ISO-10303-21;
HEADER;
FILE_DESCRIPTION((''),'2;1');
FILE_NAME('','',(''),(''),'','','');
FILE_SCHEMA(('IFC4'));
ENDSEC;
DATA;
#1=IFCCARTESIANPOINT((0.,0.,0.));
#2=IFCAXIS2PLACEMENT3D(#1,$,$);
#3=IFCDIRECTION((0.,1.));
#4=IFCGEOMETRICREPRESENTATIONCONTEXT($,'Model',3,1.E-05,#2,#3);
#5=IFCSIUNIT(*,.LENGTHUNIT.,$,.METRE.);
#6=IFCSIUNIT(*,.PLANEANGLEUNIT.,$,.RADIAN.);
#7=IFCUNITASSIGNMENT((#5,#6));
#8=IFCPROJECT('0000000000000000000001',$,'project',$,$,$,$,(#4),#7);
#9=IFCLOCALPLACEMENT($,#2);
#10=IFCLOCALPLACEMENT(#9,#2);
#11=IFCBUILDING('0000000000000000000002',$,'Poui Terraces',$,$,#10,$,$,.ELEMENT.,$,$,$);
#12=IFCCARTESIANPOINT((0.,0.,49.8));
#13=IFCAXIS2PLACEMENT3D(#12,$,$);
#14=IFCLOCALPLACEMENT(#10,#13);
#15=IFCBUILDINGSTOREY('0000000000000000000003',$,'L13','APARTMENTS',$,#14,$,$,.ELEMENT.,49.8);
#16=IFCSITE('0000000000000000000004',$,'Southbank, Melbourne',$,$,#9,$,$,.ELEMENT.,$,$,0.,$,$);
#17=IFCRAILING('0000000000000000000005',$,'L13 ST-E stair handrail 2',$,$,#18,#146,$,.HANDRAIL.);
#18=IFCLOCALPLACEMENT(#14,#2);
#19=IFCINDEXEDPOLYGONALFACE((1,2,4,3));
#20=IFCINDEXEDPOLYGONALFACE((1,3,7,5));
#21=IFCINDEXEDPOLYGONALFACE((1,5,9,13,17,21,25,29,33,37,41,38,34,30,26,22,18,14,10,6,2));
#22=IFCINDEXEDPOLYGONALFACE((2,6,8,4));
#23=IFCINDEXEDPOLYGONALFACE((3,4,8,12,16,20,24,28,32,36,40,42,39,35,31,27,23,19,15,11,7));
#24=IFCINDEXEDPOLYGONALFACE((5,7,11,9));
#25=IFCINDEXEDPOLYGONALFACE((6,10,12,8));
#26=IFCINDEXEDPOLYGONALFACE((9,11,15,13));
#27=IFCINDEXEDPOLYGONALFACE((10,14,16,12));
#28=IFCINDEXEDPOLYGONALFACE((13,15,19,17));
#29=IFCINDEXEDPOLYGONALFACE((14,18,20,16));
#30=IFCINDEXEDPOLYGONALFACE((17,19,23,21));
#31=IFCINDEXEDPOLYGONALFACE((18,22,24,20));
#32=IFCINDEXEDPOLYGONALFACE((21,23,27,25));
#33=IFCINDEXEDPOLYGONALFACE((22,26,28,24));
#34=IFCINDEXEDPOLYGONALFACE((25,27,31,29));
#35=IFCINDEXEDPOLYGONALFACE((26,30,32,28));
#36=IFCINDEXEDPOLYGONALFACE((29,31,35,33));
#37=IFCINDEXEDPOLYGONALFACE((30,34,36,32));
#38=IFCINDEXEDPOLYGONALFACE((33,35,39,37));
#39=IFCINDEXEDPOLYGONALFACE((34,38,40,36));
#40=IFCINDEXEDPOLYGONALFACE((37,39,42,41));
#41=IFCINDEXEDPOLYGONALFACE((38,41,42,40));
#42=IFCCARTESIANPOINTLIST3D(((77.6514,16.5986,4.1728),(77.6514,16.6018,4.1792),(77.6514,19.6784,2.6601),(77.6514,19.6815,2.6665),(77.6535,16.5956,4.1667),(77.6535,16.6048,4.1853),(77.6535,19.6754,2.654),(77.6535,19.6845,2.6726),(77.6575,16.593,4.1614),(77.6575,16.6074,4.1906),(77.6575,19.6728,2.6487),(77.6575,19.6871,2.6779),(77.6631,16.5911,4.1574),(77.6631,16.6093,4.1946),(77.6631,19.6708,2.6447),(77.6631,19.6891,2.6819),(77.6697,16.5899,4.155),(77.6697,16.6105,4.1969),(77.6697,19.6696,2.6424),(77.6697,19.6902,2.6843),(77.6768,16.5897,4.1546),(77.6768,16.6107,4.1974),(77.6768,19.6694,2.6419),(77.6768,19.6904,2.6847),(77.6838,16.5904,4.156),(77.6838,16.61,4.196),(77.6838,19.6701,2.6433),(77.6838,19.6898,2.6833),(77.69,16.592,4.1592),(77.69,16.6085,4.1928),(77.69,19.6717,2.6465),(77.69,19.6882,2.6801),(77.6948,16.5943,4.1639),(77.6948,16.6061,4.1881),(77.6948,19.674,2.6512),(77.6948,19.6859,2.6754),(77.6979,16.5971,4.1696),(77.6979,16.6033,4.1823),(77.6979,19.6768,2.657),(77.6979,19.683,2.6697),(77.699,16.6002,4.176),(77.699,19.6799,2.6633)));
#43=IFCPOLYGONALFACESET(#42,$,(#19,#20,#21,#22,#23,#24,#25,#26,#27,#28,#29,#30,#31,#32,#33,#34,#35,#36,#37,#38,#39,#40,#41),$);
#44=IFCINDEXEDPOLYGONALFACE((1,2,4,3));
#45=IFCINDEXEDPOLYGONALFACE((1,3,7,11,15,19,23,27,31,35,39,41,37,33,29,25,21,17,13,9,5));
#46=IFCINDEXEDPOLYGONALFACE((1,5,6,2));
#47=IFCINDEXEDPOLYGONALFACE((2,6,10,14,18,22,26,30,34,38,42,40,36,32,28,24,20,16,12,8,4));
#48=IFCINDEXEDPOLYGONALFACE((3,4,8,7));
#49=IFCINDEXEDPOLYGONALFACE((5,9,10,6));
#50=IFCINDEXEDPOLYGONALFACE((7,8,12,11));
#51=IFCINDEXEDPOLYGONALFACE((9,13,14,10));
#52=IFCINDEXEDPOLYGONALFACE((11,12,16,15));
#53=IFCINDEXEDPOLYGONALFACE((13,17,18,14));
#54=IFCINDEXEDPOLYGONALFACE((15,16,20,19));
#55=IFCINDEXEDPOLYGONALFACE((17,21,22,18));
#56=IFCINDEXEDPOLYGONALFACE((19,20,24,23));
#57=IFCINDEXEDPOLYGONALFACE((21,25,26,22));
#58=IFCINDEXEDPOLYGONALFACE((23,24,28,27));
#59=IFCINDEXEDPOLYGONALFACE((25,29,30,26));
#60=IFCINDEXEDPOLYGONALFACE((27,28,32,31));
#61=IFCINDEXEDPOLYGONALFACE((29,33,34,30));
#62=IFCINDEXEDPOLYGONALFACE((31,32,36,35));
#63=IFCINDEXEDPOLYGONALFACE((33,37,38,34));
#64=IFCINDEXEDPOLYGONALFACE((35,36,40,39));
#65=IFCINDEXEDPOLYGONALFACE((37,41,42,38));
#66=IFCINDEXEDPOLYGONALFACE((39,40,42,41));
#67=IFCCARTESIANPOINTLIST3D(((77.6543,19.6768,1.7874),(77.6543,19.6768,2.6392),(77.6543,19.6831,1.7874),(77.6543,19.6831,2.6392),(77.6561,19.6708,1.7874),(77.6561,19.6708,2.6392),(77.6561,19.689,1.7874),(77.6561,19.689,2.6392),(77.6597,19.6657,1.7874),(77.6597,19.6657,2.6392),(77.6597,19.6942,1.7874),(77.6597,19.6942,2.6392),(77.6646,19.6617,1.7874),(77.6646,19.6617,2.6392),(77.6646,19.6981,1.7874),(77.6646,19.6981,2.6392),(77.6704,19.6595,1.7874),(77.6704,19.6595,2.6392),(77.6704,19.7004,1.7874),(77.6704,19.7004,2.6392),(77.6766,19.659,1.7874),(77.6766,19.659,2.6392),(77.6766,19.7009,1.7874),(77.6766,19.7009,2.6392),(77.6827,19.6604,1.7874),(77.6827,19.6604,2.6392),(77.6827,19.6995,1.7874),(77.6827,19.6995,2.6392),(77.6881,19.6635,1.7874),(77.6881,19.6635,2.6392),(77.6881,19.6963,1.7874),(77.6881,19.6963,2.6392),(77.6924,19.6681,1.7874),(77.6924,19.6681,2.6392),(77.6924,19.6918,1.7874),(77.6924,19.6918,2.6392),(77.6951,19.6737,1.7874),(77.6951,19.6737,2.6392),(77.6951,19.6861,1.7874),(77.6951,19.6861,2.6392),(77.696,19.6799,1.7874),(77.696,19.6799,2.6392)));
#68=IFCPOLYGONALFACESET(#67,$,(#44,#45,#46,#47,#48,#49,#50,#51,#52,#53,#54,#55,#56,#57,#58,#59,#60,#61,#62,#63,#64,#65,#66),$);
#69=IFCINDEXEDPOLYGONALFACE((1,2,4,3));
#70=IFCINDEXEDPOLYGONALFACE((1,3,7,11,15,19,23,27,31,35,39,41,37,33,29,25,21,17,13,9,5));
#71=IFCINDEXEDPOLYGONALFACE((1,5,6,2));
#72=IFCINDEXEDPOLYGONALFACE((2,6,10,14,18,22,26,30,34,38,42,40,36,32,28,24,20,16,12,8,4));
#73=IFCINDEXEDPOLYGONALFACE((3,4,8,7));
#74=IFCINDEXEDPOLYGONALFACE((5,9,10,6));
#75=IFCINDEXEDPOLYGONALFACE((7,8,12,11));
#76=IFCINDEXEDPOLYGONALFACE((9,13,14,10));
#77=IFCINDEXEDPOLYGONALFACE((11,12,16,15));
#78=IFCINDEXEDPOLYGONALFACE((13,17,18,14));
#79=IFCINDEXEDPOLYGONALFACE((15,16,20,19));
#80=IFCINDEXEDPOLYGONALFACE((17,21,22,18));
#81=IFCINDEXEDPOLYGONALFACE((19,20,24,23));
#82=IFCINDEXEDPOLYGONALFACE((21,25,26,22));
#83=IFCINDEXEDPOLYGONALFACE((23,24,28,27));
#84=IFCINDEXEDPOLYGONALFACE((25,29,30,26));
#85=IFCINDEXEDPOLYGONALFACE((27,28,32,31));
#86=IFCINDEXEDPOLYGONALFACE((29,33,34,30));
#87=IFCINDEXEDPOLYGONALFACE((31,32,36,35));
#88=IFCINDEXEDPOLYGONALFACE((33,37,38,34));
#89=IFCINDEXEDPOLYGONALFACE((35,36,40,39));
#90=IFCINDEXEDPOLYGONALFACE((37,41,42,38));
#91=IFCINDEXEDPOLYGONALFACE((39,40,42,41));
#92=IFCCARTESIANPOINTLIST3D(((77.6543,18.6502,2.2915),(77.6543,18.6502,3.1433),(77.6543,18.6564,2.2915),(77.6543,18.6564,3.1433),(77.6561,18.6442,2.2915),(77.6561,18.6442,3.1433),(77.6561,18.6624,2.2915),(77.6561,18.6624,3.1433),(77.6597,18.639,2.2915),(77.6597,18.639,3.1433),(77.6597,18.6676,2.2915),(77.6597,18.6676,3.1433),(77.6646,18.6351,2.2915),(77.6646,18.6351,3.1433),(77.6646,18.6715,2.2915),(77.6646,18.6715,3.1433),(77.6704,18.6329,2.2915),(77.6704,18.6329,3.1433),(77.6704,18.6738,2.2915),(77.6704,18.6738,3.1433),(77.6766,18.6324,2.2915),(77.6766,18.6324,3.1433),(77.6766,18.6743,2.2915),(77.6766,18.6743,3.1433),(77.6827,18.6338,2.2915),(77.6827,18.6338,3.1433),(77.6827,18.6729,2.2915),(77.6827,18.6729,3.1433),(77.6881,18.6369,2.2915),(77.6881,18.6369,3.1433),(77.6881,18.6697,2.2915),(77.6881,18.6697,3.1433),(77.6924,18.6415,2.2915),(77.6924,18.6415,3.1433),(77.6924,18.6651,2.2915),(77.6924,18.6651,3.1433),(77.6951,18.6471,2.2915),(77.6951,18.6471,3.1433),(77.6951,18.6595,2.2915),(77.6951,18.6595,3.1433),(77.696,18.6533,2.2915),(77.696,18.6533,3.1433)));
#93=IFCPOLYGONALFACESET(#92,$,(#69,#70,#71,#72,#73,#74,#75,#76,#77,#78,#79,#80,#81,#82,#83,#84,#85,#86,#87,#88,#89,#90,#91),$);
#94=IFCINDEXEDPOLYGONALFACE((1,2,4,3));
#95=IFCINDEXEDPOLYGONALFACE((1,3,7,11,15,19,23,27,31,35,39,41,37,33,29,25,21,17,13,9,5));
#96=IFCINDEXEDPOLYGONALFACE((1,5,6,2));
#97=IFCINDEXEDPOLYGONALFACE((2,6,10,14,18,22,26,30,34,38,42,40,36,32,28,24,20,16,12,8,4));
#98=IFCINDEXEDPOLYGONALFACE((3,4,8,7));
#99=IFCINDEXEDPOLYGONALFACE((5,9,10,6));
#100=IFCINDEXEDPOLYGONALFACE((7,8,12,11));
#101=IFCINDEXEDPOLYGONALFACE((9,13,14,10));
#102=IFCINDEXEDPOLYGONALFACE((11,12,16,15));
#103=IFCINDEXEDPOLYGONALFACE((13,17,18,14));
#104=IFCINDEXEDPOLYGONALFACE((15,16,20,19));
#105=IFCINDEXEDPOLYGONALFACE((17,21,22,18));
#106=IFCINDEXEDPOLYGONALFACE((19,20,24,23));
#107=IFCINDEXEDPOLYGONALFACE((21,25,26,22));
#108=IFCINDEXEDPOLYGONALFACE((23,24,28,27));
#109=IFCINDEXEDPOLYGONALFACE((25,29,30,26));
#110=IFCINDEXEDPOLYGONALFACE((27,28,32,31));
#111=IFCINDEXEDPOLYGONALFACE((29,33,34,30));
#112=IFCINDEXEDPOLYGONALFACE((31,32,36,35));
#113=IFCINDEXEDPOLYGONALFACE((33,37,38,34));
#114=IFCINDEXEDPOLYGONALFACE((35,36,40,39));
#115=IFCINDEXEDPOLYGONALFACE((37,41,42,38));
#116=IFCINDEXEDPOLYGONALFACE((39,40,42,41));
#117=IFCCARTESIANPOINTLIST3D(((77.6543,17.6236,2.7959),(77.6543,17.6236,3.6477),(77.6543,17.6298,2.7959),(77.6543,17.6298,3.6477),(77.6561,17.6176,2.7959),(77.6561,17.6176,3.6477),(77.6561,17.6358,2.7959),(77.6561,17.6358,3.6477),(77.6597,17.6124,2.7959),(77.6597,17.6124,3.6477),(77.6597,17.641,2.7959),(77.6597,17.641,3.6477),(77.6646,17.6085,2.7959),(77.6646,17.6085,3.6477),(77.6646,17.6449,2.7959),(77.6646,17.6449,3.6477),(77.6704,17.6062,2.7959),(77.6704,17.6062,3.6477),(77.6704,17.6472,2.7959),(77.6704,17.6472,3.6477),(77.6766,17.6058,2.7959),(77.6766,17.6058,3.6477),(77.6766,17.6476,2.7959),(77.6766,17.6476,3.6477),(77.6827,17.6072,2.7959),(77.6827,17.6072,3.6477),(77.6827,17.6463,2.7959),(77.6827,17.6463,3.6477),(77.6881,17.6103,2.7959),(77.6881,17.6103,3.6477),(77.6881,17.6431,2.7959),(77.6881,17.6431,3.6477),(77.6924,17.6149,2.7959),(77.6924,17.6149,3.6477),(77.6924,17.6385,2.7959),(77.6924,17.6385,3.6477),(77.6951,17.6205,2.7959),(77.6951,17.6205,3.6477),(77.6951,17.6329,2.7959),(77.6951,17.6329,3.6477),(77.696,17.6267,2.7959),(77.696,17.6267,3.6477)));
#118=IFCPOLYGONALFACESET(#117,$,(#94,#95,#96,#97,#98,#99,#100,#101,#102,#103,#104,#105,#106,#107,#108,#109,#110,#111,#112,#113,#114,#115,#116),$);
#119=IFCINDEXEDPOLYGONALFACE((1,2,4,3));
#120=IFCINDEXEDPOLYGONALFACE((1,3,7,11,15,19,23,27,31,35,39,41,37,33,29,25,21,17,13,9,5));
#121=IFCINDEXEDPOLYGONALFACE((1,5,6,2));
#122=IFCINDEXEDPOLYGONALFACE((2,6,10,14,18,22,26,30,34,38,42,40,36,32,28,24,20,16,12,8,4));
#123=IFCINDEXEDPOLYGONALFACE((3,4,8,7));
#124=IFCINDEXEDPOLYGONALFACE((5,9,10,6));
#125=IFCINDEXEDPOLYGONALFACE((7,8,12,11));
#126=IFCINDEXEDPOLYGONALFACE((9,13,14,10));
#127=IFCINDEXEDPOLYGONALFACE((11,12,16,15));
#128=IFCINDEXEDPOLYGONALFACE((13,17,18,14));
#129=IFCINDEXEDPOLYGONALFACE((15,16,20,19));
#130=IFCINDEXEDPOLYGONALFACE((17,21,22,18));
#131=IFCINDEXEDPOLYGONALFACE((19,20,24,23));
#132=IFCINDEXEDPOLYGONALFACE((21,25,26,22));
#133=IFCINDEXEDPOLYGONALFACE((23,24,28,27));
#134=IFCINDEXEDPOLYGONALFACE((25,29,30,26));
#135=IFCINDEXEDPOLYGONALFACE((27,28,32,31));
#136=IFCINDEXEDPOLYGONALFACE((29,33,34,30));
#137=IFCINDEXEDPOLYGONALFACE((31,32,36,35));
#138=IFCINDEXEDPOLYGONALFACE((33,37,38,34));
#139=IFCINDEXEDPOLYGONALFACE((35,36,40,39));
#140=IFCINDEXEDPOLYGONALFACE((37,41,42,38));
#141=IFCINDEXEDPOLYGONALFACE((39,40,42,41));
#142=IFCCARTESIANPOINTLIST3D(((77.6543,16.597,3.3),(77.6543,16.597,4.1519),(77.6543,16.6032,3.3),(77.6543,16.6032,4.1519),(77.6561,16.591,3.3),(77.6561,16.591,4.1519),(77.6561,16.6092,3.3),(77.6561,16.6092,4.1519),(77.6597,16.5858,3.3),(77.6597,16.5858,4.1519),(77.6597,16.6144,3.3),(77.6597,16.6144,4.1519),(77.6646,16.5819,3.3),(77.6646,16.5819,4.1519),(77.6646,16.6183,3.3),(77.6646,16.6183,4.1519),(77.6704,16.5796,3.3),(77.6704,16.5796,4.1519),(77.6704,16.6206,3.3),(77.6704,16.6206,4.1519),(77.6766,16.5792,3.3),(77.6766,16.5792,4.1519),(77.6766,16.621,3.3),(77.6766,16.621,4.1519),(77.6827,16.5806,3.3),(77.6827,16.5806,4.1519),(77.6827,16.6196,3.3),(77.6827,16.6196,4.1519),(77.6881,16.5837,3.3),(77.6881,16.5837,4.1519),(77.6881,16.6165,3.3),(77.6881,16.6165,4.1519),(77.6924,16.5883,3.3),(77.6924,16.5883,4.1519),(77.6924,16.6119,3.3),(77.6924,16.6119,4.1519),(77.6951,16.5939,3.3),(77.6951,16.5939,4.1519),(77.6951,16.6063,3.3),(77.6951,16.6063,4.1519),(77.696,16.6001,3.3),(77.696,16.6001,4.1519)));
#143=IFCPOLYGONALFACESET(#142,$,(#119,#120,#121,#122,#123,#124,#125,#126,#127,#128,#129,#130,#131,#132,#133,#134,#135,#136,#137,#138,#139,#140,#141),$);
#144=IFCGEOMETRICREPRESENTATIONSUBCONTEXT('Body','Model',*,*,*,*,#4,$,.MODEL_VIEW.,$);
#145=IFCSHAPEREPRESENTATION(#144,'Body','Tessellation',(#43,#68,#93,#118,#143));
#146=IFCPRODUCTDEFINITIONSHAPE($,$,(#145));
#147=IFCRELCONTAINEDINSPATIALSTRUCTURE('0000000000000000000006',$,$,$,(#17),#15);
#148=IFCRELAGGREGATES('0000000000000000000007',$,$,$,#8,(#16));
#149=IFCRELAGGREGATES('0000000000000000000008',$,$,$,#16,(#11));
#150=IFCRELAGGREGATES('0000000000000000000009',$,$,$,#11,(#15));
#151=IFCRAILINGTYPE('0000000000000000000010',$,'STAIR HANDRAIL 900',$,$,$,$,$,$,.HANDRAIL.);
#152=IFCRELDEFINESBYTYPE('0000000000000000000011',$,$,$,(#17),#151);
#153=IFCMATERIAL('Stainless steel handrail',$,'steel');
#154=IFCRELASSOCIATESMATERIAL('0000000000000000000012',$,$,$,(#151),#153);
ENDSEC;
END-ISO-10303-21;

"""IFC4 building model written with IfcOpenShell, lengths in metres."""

from ifc_helpers import new_model, si_unit, direction, frame, origin, origin_2d, place, context, subcontext, project, spatial, circle, extrude, material, type_object, element, save


model = new_model("IFC4")

# Units and contexts
model_context = context("Model", 3, precision=1e-05, world=origin(), true_north=direction((0.0, 1.0)))
body_context = subcontext(model_context, "Body", "Model", "MODEL_VIEW")
ifc_project = project(units=[si_unit("LENGTHUNIT", "METRE"), si_unit("PLANEANGLEUNIT", "RADIAN")], contexts=[model_context])

# Site, building, storey
site_placement = place(None, origin())
site = spatial("IfcSite", under=ifc_project, at=site_placement, Name="Southbank, Melbourne", CompositionType="ELEMENT", RefElevation=0.0)
building_placement = place(site_placement, origin())
building = spatial("IfcBuilding", under=site, at=building_placement, Name="Poui Terraces", CompositionType="ELEMENT")
storey_placement = place(building_placement, frame((0.0, 0.0, 49.8)))
storey = spatial("IfcBuildingStorey", under=building, at=storey_placement, Name="L13", Description="APARTMENTS", CompositionType="ELEMENT", Elevation=49.8)

# Railing
ifc_material_1 = material(Name="Stainless steel handrail", Category="steel")
railing_type_1 = type_object("IfcRailingType", Name="STAIR HANDRAIL 900", PredefinedType="HANDRAIL", material=ifc_material_1)
railing_1_placement = place(storey_placement, frame((77.675, 19.6799, 1.7874)))
element("IfcRailing", 1, at=railing_1_placement, inside=storey, type_object=railing_type_1, Name="L13 ST-E stair handrail 2", PredefinedType="HANDRAIL", context=body_context, shape_type="SweptSolid", body=[
    extrude(circle(Radius=0.0239, at=origin_2d()), frame((0.0, 0.0, 0.876), z_axis=(0.0, -0.897578, 0.440856), x_axis=(1.0, 0.0, 0.0)), (0.0, 0.0, 1.0), 3.4312),
    extrude(circle(Radius=0.021, at=origin_2d()), origin(), (0.0, 0.0, 1.0), 0.8518),
    extrude(circle(Radius=0.021, at=origin_2d()), frame((0.0, -1.0266, 0.5042)), (0.0, 0.0, 1.0), 0.8518),
    extrude(circle(Radius=0.021, at=origin_2d()), frame((0.0, -2.0532, 1.0085)), (0.0, 0.0, 1.0), 0.8518),
    extrude(circle(Radius=0.021, at=origin_2d()), frame((0.0, -3.0798, 1.5127)), (0.0, 0.0, 1.0), 0.8518),
])

save(model, "model.ifc")
